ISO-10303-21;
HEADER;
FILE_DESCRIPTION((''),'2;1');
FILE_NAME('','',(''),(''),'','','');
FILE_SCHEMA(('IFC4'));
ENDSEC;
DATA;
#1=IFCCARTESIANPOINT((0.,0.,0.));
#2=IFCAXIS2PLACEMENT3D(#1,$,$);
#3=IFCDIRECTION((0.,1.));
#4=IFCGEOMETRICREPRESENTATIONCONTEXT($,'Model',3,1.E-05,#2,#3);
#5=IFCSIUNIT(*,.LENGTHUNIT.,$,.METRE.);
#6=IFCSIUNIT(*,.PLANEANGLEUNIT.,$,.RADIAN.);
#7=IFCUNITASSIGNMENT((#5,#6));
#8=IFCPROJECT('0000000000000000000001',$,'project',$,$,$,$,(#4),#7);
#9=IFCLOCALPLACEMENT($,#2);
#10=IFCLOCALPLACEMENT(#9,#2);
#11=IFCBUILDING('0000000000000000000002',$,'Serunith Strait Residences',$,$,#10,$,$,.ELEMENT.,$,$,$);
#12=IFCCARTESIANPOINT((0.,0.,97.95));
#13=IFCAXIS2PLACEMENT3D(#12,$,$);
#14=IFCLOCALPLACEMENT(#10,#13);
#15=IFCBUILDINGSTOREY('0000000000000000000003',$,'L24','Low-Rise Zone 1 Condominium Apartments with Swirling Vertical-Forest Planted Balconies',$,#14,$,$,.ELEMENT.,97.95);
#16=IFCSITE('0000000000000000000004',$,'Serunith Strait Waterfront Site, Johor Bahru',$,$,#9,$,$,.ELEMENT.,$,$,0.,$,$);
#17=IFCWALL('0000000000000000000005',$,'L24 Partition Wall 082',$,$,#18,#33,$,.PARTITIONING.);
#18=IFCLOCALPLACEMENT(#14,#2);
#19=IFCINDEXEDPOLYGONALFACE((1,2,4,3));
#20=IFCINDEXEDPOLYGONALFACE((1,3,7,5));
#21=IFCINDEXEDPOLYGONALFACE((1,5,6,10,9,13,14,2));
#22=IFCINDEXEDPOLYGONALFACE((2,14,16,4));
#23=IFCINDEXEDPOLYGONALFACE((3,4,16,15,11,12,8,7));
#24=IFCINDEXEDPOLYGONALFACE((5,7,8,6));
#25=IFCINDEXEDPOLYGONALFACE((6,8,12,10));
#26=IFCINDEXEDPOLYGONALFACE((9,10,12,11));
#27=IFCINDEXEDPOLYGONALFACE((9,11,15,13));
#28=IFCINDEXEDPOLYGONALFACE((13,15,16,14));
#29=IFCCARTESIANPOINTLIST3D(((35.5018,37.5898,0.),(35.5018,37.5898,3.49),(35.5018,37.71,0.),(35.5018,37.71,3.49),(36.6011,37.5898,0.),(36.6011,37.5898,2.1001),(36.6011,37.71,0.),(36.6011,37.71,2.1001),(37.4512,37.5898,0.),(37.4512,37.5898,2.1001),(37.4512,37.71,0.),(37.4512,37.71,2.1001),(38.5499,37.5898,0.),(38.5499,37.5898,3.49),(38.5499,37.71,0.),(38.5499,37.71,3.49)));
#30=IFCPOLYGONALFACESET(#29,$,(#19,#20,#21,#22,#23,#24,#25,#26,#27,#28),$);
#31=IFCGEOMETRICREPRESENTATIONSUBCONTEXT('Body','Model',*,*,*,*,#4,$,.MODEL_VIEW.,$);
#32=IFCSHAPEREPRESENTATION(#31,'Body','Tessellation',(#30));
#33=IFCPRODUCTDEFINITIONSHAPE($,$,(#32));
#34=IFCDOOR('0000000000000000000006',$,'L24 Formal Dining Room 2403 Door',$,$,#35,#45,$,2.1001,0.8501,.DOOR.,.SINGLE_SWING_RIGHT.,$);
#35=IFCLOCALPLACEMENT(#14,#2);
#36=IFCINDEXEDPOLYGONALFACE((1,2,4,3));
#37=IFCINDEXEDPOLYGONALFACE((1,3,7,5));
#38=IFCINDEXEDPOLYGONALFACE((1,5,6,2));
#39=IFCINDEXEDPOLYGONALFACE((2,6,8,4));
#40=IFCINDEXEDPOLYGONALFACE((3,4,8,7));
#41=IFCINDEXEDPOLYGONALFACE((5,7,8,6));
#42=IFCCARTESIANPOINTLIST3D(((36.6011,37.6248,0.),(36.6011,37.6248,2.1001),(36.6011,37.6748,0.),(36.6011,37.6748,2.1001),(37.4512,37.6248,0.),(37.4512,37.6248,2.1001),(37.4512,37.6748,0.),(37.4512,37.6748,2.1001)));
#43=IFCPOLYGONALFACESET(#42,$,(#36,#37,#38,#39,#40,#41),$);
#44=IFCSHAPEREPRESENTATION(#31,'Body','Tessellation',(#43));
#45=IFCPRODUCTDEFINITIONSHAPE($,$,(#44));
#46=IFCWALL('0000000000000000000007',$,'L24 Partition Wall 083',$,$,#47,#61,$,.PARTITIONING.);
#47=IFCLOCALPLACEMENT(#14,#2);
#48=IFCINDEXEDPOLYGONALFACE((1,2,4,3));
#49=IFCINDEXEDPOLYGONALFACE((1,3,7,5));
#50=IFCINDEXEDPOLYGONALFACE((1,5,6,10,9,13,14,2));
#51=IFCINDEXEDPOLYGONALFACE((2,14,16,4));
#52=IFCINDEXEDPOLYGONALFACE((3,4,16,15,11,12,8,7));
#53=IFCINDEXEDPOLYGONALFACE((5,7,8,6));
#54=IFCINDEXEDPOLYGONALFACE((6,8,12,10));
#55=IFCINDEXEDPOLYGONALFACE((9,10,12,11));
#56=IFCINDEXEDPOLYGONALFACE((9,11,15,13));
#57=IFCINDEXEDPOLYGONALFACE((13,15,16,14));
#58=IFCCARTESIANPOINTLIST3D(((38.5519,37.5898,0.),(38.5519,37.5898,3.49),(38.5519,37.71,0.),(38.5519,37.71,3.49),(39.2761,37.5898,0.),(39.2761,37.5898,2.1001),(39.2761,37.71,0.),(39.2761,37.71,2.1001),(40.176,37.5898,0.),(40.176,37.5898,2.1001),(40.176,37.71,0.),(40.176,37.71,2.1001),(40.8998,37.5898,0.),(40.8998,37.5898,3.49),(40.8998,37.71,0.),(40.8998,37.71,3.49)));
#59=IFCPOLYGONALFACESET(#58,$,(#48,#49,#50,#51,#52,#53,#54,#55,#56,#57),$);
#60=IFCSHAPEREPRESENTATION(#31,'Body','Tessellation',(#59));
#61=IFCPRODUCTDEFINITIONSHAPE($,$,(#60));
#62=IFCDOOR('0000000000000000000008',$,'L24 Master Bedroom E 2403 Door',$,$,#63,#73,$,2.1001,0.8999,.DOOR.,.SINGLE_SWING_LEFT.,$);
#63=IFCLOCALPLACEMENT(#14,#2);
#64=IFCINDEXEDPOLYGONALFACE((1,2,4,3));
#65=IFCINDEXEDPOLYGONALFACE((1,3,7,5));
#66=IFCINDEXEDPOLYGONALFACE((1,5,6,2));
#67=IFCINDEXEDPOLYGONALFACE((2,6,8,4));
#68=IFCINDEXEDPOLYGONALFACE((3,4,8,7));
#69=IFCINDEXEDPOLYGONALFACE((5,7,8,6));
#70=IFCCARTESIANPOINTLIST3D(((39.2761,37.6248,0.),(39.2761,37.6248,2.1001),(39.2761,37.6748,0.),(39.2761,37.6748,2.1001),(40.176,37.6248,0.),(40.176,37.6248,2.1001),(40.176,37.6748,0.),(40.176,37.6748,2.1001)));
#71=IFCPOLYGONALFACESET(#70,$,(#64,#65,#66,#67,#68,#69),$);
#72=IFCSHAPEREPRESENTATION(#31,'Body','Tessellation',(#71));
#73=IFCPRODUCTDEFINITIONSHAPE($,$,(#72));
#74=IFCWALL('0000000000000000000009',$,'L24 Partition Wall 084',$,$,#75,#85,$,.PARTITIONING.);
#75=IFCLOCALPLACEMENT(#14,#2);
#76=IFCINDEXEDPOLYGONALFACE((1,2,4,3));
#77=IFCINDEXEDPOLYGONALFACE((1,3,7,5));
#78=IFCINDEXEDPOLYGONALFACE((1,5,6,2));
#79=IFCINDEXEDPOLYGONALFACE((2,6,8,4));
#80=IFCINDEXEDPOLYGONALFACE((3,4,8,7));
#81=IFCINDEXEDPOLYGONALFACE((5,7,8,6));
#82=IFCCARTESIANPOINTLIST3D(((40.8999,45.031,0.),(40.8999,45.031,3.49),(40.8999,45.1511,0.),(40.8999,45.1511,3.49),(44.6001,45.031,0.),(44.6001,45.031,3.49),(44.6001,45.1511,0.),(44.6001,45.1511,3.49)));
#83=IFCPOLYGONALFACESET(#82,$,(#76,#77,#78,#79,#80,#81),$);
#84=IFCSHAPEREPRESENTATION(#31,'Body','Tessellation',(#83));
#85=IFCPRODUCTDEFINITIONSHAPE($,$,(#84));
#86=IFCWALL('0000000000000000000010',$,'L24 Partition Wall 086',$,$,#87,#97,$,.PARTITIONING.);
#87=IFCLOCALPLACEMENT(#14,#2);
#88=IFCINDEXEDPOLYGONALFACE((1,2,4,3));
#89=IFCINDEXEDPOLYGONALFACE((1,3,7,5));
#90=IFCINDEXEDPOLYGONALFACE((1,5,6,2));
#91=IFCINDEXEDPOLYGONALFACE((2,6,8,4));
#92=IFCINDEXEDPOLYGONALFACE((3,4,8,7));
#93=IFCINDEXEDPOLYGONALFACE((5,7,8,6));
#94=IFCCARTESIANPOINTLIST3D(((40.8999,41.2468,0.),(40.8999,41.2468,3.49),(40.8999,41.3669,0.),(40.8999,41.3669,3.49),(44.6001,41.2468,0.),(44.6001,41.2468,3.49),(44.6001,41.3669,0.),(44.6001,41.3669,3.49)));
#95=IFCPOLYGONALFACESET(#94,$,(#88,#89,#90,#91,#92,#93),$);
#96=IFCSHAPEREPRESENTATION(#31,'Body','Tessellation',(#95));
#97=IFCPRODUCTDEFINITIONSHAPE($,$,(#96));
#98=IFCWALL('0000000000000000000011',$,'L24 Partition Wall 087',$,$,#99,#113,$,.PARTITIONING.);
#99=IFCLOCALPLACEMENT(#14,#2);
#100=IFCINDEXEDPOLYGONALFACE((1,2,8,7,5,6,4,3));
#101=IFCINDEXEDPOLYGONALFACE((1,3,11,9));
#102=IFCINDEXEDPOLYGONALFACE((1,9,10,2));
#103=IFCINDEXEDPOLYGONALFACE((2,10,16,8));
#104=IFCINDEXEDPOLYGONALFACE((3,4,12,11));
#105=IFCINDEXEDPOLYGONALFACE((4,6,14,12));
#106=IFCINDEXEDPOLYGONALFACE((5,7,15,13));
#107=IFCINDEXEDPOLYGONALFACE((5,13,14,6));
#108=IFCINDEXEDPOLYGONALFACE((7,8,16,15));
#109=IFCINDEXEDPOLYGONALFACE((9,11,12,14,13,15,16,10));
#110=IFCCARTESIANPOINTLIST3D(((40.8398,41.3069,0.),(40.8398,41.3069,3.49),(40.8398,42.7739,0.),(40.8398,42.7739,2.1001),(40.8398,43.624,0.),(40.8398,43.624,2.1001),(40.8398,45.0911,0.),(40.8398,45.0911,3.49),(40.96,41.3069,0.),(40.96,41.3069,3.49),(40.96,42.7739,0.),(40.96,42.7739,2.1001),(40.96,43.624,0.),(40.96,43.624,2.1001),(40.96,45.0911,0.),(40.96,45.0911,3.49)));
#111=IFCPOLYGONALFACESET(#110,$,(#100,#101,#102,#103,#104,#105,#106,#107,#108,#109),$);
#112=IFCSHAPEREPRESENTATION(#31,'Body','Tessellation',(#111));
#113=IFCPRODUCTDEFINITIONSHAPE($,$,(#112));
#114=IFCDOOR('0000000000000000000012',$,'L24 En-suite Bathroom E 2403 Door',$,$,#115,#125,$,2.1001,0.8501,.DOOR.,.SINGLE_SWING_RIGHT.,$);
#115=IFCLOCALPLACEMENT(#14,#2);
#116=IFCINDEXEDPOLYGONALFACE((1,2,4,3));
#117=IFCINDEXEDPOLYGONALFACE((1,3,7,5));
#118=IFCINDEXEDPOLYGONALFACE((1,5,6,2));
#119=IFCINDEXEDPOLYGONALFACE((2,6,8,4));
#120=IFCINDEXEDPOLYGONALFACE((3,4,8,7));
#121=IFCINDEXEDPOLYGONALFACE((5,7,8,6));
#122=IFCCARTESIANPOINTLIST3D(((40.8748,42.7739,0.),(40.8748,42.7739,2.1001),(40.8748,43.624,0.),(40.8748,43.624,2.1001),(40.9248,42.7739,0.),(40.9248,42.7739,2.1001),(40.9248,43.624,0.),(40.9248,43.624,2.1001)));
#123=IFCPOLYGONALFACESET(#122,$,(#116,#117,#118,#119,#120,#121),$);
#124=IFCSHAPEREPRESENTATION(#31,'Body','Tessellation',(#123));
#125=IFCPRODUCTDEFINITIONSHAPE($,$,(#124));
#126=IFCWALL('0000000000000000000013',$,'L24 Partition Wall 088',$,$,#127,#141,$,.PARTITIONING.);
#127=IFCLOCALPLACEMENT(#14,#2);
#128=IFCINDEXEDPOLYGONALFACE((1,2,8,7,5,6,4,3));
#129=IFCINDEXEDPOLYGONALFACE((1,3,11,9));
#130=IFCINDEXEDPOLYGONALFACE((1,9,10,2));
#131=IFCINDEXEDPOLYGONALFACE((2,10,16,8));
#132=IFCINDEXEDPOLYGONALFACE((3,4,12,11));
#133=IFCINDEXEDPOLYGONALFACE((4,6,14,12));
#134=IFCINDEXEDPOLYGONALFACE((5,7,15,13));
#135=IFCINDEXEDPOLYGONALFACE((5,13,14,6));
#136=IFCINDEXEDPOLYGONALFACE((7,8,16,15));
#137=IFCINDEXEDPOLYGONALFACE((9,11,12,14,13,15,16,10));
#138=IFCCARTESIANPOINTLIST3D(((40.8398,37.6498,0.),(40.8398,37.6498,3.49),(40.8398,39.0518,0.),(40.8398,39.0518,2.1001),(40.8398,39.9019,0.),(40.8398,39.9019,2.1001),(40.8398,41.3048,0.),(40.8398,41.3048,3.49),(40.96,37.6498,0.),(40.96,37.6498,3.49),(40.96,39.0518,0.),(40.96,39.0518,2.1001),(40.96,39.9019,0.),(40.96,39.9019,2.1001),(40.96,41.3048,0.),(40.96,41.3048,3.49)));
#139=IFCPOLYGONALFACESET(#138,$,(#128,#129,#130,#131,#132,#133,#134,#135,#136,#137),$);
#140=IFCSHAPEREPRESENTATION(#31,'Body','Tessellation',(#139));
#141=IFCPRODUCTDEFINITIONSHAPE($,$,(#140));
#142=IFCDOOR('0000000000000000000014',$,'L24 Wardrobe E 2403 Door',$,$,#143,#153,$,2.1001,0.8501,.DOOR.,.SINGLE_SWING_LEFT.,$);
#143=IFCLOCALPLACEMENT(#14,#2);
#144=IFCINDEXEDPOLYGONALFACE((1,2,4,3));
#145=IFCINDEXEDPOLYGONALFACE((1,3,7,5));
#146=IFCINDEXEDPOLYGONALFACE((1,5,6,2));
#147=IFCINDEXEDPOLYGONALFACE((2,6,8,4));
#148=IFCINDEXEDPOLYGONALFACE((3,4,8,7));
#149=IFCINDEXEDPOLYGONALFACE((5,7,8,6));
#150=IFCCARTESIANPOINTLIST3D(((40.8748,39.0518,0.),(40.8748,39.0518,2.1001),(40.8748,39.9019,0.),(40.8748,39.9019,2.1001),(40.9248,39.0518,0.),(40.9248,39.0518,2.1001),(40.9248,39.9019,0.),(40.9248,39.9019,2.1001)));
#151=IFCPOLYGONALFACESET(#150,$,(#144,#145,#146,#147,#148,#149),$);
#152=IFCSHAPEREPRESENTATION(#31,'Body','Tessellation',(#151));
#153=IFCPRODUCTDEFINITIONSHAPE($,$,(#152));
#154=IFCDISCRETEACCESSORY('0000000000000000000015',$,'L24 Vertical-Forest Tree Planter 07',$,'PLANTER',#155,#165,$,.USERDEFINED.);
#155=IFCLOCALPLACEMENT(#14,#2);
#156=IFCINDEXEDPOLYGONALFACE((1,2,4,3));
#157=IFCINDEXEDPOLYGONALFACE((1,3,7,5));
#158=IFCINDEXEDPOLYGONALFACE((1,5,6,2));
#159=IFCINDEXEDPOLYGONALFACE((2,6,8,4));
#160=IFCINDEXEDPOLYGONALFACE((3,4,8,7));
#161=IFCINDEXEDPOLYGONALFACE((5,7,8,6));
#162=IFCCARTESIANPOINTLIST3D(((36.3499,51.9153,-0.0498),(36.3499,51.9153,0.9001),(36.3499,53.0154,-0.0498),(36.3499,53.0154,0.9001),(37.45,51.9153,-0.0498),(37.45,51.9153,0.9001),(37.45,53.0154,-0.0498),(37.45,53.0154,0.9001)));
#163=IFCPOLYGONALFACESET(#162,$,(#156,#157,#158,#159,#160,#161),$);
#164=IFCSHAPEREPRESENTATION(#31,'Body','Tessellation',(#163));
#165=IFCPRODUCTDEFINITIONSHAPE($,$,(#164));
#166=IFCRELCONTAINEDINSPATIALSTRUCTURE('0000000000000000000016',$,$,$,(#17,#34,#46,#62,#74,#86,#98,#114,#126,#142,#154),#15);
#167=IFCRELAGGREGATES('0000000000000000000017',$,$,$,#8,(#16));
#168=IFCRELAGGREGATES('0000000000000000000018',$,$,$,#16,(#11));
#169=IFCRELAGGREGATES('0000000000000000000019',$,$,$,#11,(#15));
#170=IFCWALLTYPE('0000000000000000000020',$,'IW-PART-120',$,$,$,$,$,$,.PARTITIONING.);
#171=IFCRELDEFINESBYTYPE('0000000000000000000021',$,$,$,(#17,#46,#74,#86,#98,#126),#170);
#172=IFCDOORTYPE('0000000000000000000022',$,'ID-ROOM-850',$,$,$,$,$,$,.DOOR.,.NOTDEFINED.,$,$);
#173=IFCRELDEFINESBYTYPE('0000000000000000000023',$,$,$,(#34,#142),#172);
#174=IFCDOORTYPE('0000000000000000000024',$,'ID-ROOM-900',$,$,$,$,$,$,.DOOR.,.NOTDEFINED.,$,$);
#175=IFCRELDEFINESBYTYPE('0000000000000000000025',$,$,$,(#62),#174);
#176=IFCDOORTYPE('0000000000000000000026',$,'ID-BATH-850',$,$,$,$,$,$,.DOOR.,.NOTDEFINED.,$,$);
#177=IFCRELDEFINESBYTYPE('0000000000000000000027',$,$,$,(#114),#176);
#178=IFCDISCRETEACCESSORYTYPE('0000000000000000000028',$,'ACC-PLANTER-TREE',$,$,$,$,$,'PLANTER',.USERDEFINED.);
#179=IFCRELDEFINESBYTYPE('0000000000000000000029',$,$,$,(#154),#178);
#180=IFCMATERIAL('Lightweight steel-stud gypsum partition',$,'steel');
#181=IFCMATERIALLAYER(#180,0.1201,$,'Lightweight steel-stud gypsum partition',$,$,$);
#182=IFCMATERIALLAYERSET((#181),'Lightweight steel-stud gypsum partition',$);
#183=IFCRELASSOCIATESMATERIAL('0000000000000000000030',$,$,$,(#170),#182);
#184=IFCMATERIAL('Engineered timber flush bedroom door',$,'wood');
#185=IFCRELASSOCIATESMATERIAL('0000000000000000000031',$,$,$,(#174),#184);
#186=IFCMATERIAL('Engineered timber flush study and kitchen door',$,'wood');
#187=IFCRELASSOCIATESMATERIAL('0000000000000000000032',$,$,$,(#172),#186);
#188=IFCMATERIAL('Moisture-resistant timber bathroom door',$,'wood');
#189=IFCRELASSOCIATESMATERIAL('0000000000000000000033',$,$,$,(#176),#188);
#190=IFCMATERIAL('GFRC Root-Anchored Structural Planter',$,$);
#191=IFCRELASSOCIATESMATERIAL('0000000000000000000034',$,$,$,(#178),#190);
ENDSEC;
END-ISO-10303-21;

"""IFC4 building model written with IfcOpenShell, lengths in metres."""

from ifc_helpers import new_model, si_unit, direction, frame, frame_2d, origin, origin_2d, place, context, subcontext, project, spatial, rectangle, extrude, source, transform, mapped, material, layer, layer_set, type_object, element, fill, save


model = new_model("IFC4")

# Units and contexts
model_context = context("Model", 3, precision=1e-05, world=origin(), true_north=direction((0.0, 1.0)))
body_context = subcontext(model_context, "Body", "Model", "MODEL_VIEW")
ifc_project = project(units=[si_unit("LENGTHUNIT", "METRE"), si_unit("PLANEANGLEUNIT", "RADIAN")], contexts=[model_context])

# Site, building, storey
site_placement = place(None, origin())
site = spatial("IfcSite", under=ifc_project, at=site_placement, Name="Serunith Strait Waterfront Site, Johor Bahru", CompositionType="ELEMENT", RefElevation=0.0)
building_placement = place(site_placement, origin())
building = spatial("IfcBuilding", under=site, at=building_placement, Name="Serunith Strait Residences", CompositionType="ELEMENT")
storey_placement = place(building_placement, frame((0.0, 0.0, 97.95)))
storey = spatial("IfcBuildingStorey", under=building, at=storey_placement, Name="L24", Description="Low-Rise Zone 1 Condominium Apartments with Swirling Vertical-Forest Planted Balconies", CompositionType="ELEMENT", Elevation=97.95)

# Shared definitions
ifc_material_1 = material(Name="Lightweight steel-stud gypsum partition", Category="steel")
ifc_layer_1 = layer(ifc_material_1, 0.1201, Name="Lightweight steel-stud gypsum partition")
ifc_layer_set_1 = layer_set([ifc_layer_1], Name="Lightweight steel-stud gypsum partition")
wall_type_1 = type_object("IfcWallType", Name="IW-PART-120", PredefinedType="PARTITIONING", material=ifc_layer_set_1)
ifc_material_2 = material(Name="Engineered timber flush bedroom door", Category="wood")
door_type_1 = type_object("IfcDoorType", Name="ID-ROOM-900", OperationType="NOTDEFINED", PredefinedType="DOOR", material=ifc_material_2)
shared_shape_1 = source(origin(), body_context, "Body", "SweptSolid", [
    extrude(rectangle(XDim=0.8999, YDim=2.1001, at=frame_2d((0.45, 1.05))), frame((0.0, 0.0249, 0.0), z_axis=(0.0, -1.0, 0.0), x_axis=(1.0, 0.0, 0.0)), (0.0, 0.0, 1.0), 0.05),
])

# Walls, openings, doors
ifc_material_3 = material(Name="Engineered timber flush study and kitchen door", Category="wood")
door_type_2 = type_object("IfcDoorType", Name="ID-ROOM-850", OperationType="NOTDEFINED", PredefinedType="DOOR", material=ifc_material_3)
shared_shape_2 = source(origin(), body_context, "Body", "SweptSolid", [
    extrude(rectangle(XDim=0.8501, YDim=2.1001, at=frame_2d((0.425, 1.05))), frame((0.0, 0.0249, 0.0), z_axis=(0.0, -1.0, 0.0), x_axis=(1.0, 0.0, 0.0)), (0.0, 0.0, 1.0), 0.05),
])
wall_1_placement = place(storey_placement, frame((35.502, 37.6499, 0.0), z_axis=(0.0, 0.0, 1.0), x_axis=(1.0, 0.0, 0.0)))
wall_1 = element("IfcWall", 1, at=wall_1_placement, inside=storey, type_object=wall_type_1, Name="L24 Partition Wall 082", PredefinedType="PARTITIONING", context=body_context, shape_type="SweptSolid", body=[
    extrude(rectangle(XDim=3.0481, YDim=0.1201, at=frame_2d((1.5239, 0.0))), origin(), (0.0, 0.0, 1.0), 3.49),
])
opening_1_placement = place(wall_1_placement, frame((1.0991, 0.0, 0.0)))
opening_1 = element("IfcOpeningElement", 2, at=opening_1_placement, cuts=wall_1, PredefinedType="OPENING", context=body_context, shape_type="SweptSolid", body=[
    extrude(rectangle(XDim=0.8501, YDim=2.1001, at=frame_2d((0.425, 1.05))), frame((0.0, 0.0701, 0.0), z_axis=(0.0, -1.0, 0.0), x_axis=(1.0, 0.0, 0.0)), (0.0, 0.0, 1.0), 0.1401),
])
door_1_placement = place(opening_1_placement, origin())
door_1 = element("IfcDoor", 3, at=door_1_placement, inside=storey, type_object=door_type_2, Name="L24 Formal Dining Room 2403 Door", OperationType="SINGLE_SWING_RIGHT", OverallHeight=2.1001, OverallWidth=0.8501, PredefinedType="DOOR", context=body_context, shape_type="MappedRepresentation", body=[
    mapped(shared_shape_2, transform((0.0, 0.0, 0.0), scale=1.0)),
])
fill(opening_1, door_1)
wall_2_placement = place(storey_placement, frame((38.552, 37.6499, 0.0), z_axis=(0.0, 0.0, 1.0), x_axis=(1.0, 0.0, 0.0)))
wall_2 = element("IfcWall", 4, at=wall_2_placement, inside=storey, type_object=wall_type_1, Name="L24 Partition Wall 083", PredefinedType="PARTITIONING", context=body_context, shape_type="SweptSolid", body=[
    extrude(rectangle(XDim=2.3479, YDim=0.1201, at=frame_2d((1.1738, 0.0))), origin(), (0.0, 0.0, 1.0), 3.49),
])
opening_2_placement = place(wall_2_placement, frame((0.7241, 0.0, 0.0)))
opening_2 = element("IfcOpeningElement", 5, at=opening_2_placement, cuts=wall_2, PredefinedType="OPENING", context=body_context, shape_type="SweptSolid", body=[
    extrude(rectangle(XDim=0.8999, YDim=2.1001, at=frame_2d((0.45, 1.05))), frame((0.0, 0.0701, 0.0), z_axis=(0.0, -1.0, 0.0), x_axis=(1.0, 0.0, 0.0)), (0.0, 0.0, 1.0), 0.1401),
])
door_2_placement = place(opening_2_placement, origin())
door_2 = element("IfcDoor", 6, at=door_2_placement, inside=storey, type_object=door_type_1, Name="L24 Master Bedroom E 2403 Door", OperationType="SINGLE_SWING_LEFT", OverallHeight=2.1001, OverallWidth=0.8999, PredefinedType="DOOR", context=body_context, shape_type="MappedRepresentation", body=[
    mapped(shared_shape_1, transform((0.0, 0.0, 0.0), scale=1.0)),
])
fill(opening_2, door_2)

# Walls
for number, where, z_axis, x_axis, name in (
    (7, (40.8999, 45.0911, 0.0), (0.0, 0.0, 1.0), (1.0, 0.0, 0.0), "L24 Partition Wall 084"),
    (8, (40.8999, 41.3069, 0.0), (0.0, 0.0, 1.0), (1.0, 0.0, 0.0), "L24 Partition Wall 086"),
):
    element("IfcWall", number, at=place(storey_placement, frame(where, z_axis=z_axis, x_axis=x_axis)), inside=storey, type_object=wall_type_1, Name=name, PredefinedType="PARTITIONING", context=body_context, shape_type="SweptSolid", body=[
        extrude(rectangle(XDim=3.7002, YDim=0.1201, at=frame_2d((1.8501, 0.0))), origin(), (0.0, 0.0, 1.0), 3.49),
    ])

# Walls, openings, doors
wall_3_placement = place(storey_placement, frame((40.8999, 45.0911, 0.0), z_axis=(0.0, 0.0, 1.0), x_axis=(0.0, -1.0, 0.0)))
wall_3 = element("IfcWall", 9, at=wall_3_placement, inside=storey, type_object=wall_type_1, Name="L24 Partition Wall 087", PredefinedType="PARTITIONING", context=body_context, shape_type="SweptSolid", body=[
    extrude(rectangle(XDim=3.7842, YDim=0.1201, at=frame_2d((1.8921, 0.0))), origin(), (0.0, 0.0, 1.0), 3.49),
])
opening_3_placement = place(wall_3_placement, frame((1.467, 0.0, 0.0)))
opening_3 = element("IfcOpeningElement", 10, at=opening_3_placement, cuts=wall_3, PredefinedType="OPENING", context=body_context, shape_type="SweptSolid", body=[
    extrude(rectangle(XDim=0.8501, YDim=2.1001, at=frame_2d((0.425, 1.05))), frame((0.0, 0.0701, 0.0), z_axis=(0.0, -1.0, 0.0), x_axis=(1.0, 0.0, 0.0)), (0.0, 0.0, 1.0), 0.1401),
])
ifc_material_4 = material(Name="Moisture-resistant timber bathroom door", Category="wood")
door_type_3 = type_object("IfcDoorType", Name="ID-BATH-850", OperationType="NOTDEFINED", PredefinedType="DOOR", material=ifc_material_4)
door_3_placement = place(opening_3_placement, origin())
door_3 = element("IfcDoor", 11, at=door_3_placement, inside=storey, type_object=door_type_3, Name="L24 En-suite Bathroom E 2403 Door", OperationType="SINGLE_SWING_RIGHT", OverallHeight=2.1001, OverallWidth=0.8501, PredefinedType="DOOR", context=body_context, shape_type="MappedRepresentation", body=[
    mapped(shared_shape_2, transform((0.0, 0.0, 0.0), scale=1.0)),
])
fill(opening_3, door_3)
wall_4_placement = place(storey_placement, frame((40.8999, 41.3049, 0.0), z_axis=(0.0, 0.0, 1.0), x_axis=(0.0, -1.0, 0.0)))
wall_4 = element("IfcWall", 12, at=wall_4_placement, inside=storey, type_object=wall_type_1, Name="L24 Partition Wall 088", PredefinedType="PARTITIONING", context=body_context, shape_type="SweptSolid", body=[
    extrude(rectangle(XDim=3.655, YDim=0.1201, at=frame_2d((1.8276, 0.0))), origin(), (0.0, 0.0, 1.0), 3.49),
])
opening_4_placement = place(wall_4_placement, frame((1.4031, 0.0, 0.0)))
opening_4 = element("IfcOpeningElement", 13, at=opening_4_placement, cuts=wall_4, PredefinedType="OPENING", context=body_context, shape_type="SweptSolid", body=[
    extrude(rectangle(XDim=0.8501, YDim=2.1001, at=frame_2d((0.425, 1.05))), frame((0.0, 0.0701, 0.0), z_axis=(0.0, -1.0, 0.0), x_axis=(1.0, 0.0, 0.0)), (0.0, 0.0, 1.0), 0.1401),
])
door_4_placement = place(opening_4_placement, origin())
door_4 = element("IfcDoor", 14, at=door_4_placement, inside=storey, type_object=door_type_2, Name="L24 Wardrobe E 2403 Door", OperationType="SINGLE_SWING_LEFT", OverallHeight=2.1001, OverallWidth=0.8501, PredefinedType="DOOR", context=body_context, shape_type="MappedRepresentation", body=[
    mapped(shared_shape_2, transform((0.0, 0.0, 0.0), scale=1.0)),
])
fill(opening_4, door_4)

# Discrete accessory
ifc_material_5 = material(Name="GFRC Root-Anchored Structural Planter")
discrete_accessory_type = type_object("IfcDiscreteAccessoryType", Name="ACC-PLANTER-TREE", ElementType="PLANTER", PredefinedType="USERDEFINED", material=ifc_material_5)
shared_shape_3 = source(origin(), body_context, "Body", "SweptSolid", [
    extrude(rectangle(XDim=1.1001, YDim=1.1001, at=origin_2d()), origin(), (0.0, 0.0, 1.0), 0.95),
])
discrete_accessory_placement = place(storey_placement, frame((36.8999, 52.4653, -0.0498), z_axis=(0.0, 0.0, 1.0), x_axis=(-1.0, 0.0, 0.0)))
element("IfcDiscreteAccessory", 15, at=discrete_accessory_placement, inside=storey, type_object=discrete_accessory_type, Name="L24 Vertical-Forest Tree Planter 07", ObjectType="PLANTER", PredefinedType="USERDEFINED", context=body_context, shape_type="MappedRepresentation", body=[
    mapped(shared_shape_3, transform((0.0, 0.0, 0.0), scale=1.0)),
])

save(model, "model.ifc")
